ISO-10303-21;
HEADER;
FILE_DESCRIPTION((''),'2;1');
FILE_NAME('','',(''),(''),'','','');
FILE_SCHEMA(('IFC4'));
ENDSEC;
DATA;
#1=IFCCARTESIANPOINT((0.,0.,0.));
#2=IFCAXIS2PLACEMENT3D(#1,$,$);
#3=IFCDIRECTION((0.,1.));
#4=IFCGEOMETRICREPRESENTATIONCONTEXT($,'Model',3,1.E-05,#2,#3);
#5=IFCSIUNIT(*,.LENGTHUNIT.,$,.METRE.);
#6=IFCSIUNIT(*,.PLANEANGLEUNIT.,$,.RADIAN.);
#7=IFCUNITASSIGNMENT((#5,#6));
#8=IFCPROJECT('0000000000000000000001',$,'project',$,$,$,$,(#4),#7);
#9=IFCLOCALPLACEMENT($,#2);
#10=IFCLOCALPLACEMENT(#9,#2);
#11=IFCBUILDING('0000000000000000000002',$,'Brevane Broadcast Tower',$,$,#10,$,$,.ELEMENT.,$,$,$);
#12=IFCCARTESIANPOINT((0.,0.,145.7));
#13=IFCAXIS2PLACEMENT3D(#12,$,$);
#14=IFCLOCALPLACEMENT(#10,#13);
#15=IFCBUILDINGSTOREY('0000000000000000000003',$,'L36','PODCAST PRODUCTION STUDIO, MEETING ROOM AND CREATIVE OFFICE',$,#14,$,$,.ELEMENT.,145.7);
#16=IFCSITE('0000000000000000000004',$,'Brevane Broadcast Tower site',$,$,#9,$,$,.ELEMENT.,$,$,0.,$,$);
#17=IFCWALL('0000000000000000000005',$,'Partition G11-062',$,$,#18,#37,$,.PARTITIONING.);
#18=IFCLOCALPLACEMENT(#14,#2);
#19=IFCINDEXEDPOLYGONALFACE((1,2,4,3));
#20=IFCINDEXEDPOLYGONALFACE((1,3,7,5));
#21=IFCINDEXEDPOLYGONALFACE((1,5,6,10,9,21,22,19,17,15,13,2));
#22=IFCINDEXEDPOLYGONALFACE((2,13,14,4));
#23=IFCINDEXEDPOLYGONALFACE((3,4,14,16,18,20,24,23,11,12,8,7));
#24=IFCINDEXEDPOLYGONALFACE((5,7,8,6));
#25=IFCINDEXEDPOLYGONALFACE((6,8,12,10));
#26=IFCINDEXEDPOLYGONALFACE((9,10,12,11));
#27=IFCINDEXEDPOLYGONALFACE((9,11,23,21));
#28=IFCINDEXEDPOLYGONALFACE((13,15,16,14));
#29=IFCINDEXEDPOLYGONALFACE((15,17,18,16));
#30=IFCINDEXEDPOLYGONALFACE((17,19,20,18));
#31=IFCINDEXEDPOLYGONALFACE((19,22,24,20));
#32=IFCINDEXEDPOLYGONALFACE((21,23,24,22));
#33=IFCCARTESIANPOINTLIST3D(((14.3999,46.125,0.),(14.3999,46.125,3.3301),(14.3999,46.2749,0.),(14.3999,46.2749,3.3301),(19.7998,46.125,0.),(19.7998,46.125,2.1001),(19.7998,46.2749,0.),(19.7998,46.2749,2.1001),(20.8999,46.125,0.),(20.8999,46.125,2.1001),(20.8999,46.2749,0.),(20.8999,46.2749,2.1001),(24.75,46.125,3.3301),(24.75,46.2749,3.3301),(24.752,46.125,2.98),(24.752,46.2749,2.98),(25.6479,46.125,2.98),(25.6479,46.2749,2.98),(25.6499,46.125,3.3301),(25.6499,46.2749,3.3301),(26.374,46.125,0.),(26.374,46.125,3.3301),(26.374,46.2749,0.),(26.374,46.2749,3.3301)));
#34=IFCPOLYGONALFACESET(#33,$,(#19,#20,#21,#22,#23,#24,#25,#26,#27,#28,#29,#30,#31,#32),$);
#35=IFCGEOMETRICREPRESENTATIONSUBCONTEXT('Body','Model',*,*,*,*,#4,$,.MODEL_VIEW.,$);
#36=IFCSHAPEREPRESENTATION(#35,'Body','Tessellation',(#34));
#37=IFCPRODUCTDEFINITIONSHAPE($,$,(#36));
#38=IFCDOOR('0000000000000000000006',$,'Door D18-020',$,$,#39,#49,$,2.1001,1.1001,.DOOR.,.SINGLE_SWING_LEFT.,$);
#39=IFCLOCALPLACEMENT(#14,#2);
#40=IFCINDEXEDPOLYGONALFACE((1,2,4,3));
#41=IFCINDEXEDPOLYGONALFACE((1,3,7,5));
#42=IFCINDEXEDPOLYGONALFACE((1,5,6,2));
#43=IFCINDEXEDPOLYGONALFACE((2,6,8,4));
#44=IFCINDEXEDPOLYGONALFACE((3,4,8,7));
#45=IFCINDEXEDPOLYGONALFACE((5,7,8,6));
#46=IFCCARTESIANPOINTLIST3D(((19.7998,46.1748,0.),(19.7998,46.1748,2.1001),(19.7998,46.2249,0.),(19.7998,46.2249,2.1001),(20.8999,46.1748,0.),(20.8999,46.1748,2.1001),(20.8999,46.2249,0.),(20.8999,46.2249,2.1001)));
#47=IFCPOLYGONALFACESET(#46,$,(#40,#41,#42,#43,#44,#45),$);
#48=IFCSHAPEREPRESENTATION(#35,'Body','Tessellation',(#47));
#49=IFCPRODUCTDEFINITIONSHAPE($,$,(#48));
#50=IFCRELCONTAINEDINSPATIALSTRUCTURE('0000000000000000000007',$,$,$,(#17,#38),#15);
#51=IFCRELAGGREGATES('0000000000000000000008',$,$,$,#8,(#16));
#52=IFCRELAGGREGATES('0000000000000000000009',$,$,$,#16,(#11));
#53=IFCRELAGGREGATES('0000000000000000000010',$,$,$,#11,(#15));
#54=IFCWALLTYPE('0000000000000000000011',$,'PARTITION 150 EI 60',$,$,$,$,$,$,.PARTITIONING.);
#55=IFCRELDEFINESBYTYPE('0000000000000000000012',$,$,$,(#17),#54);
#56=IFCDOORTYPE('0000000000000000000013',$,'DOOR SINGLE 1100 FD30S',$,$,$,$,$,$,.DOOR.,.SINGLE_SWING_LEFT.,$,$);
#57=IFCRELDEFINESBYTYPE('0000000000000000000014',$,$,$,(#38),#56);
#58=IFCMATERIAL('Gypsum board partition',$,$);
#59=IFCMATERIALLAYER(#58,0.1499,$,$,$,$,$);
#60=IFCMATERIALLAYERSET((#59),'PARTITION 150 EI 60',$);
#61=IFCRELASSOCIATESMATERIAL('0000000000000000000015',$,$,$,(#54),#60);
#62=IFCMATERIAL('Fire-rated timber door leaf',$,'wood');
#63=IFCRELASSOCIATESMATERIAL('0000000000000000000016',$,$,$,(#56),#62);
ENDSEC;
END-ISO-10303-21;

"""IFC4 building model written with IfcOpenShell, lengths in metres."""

from ifc_helpers import new_model, si_unit, direction, frame, frame_2d, origin, place, context, subcontext, project, spatial, polyline, rectangle, outline, extrude, material, layer, layer_set, type_object, element, fill, save


model = new_model("IFC4")

# Units and contexts
model_context = context("Model", 3, precision=1e-05, world=origin(), true_north=direction((0.0, 1.0)))
body_context = subcontext(model_context, "Body", "Model", "MODEL_VIEW")
ifc_project = project(units=[si_unit("LENGTHUNIT", "METRE"), si_unit("PLANEANGLEUNIT", "RADIAN")], contexts=[model_context])

# Site, building, storey
site_placement = place(None, origin())
site = spatial("IfcSite", under=ifc_project, at=site_placement, Name="Brevane Broadcast Tower site", CompositionType="ELEMENT", RefElevation=0.0)
building_placement = place(site_placement, origin())
building = spatial("IfcBuilding", under=site, at=building_placement, Name="Brevane Broadcast Tower", CompositionType="ELEMENT")
storey_placement = place(building_placement, frame((0.0, 0.0, 145.7)))
storey = spatial("IfcBuildingStorey", under=building, at=storey_placement, Name="L36", Description="PODCAST PRODUCTION STUDIO, MEETING ROOM AND CREATIVE OFFICE", CompositionType="ELEMENT", Elevation=145.7)

# Shared definitions
ifc_material_1 = material(Name="Gypsum board partition")

# Shared definitions
ifc_layer_1 = layer(ifc_material_1, 0.1499)
ifc_layer_set_1 = layer_set([ifc_layer_1], Name="PARTITION 150 EI 60")
wall_type_1 = type_object("IfcWallType", Name="PARTITION 150 EI 60", PredefinedType="PARTITIONING", material=ifc_layer_set_1)
ifc_material_2 = material(Name="Fire-rated timber door leaf", Category="wood")

# Wall, opening, door
wall_1_placement = place(storey_placement, frame((14.3999, 46.2, 0.0), z_axis=(0.0, 0.0, 1.0), x_axis=(1.0, 0.0, 0.0)))
wall_1 = element("IfcWall", 1, at=wall_1_placement, inside=storey, type_object=wall_type_1, Name="Partition G11-062", PredefinedType="PARTITIONING", context=body_context, shape_type="SweptSolid", body=[
    extrude(outline(polyline([(0.0, 0.0), (11.9741, 0.0), (11.9741, 3.3301), (11.8999, 3.3301), (11.25, 3.3301), (11.248, 2.98), (10.3521, 2.98), (10.3501, 3.3301), (0.0, 3.3301), (0.0, 0.0)])), frame((0.0, 0.075, 0.0), z_axis=(0.0, -1.0, 0.0), x_axis=(1.0, 0.0, 0.0)), (0.0, 0.0, 1.0), 0.1499),
])
opening_1_placement = place(wall_1_placement, frame((5.3999, 0.0, 0.0)))
opening_1 = element("IfcOpeningElement", 2, at=opening_1_placement, cuts=wall_1, PredefinedType="OPENING", context=body_context, shape_type="SweptSolid", body=[
    extrude(rectangle(XDim=1.1001, YDim=2.1001, at=frame_2d((0.55, 1.05))), frame((0.0, 0.085, 0.0), z_axis=(0.0, -1.0, 0.0), x_axis=(1.0, 0.0, 0.0)), (0.0, 0.0, 1.0), 0.1699),
])
door_type_1 = type_object("IfcDoorType", Name="DOOR SINGLE 1100 FD30S", OperationType="SINGLE_SWING_LEFT", PredefinedType="DOOR", material=ifc_material_2)
door_1_placement = place(opening_1_placement, origin())
door_1 = element("IfcDoor", 3, at=door_1_placement, inside=storey, type_object=door_type_1, Name="Door D18-020", OperationType="SINGLE_SWING_LEFT", OverallHeight=2.1001, OverallWidth=1.1001, PredefinedType="DOOR", context=body_context, shape_type="SweptSolid", body=[
    extrude(rectangle(XDim=1.1001, YDim=2.1001, at=frame_2d((0.55, 1.05))), frame((0.0, 0.0249, 0.0), z_axis=(0.0, -1.0, 0.0), x_axis=(1.0, 0.0, 0.0)), (0.0, 0.0, 1.0), 0.05),
])
fill(opening_1, door_1)

save(model, "model.ifc")
